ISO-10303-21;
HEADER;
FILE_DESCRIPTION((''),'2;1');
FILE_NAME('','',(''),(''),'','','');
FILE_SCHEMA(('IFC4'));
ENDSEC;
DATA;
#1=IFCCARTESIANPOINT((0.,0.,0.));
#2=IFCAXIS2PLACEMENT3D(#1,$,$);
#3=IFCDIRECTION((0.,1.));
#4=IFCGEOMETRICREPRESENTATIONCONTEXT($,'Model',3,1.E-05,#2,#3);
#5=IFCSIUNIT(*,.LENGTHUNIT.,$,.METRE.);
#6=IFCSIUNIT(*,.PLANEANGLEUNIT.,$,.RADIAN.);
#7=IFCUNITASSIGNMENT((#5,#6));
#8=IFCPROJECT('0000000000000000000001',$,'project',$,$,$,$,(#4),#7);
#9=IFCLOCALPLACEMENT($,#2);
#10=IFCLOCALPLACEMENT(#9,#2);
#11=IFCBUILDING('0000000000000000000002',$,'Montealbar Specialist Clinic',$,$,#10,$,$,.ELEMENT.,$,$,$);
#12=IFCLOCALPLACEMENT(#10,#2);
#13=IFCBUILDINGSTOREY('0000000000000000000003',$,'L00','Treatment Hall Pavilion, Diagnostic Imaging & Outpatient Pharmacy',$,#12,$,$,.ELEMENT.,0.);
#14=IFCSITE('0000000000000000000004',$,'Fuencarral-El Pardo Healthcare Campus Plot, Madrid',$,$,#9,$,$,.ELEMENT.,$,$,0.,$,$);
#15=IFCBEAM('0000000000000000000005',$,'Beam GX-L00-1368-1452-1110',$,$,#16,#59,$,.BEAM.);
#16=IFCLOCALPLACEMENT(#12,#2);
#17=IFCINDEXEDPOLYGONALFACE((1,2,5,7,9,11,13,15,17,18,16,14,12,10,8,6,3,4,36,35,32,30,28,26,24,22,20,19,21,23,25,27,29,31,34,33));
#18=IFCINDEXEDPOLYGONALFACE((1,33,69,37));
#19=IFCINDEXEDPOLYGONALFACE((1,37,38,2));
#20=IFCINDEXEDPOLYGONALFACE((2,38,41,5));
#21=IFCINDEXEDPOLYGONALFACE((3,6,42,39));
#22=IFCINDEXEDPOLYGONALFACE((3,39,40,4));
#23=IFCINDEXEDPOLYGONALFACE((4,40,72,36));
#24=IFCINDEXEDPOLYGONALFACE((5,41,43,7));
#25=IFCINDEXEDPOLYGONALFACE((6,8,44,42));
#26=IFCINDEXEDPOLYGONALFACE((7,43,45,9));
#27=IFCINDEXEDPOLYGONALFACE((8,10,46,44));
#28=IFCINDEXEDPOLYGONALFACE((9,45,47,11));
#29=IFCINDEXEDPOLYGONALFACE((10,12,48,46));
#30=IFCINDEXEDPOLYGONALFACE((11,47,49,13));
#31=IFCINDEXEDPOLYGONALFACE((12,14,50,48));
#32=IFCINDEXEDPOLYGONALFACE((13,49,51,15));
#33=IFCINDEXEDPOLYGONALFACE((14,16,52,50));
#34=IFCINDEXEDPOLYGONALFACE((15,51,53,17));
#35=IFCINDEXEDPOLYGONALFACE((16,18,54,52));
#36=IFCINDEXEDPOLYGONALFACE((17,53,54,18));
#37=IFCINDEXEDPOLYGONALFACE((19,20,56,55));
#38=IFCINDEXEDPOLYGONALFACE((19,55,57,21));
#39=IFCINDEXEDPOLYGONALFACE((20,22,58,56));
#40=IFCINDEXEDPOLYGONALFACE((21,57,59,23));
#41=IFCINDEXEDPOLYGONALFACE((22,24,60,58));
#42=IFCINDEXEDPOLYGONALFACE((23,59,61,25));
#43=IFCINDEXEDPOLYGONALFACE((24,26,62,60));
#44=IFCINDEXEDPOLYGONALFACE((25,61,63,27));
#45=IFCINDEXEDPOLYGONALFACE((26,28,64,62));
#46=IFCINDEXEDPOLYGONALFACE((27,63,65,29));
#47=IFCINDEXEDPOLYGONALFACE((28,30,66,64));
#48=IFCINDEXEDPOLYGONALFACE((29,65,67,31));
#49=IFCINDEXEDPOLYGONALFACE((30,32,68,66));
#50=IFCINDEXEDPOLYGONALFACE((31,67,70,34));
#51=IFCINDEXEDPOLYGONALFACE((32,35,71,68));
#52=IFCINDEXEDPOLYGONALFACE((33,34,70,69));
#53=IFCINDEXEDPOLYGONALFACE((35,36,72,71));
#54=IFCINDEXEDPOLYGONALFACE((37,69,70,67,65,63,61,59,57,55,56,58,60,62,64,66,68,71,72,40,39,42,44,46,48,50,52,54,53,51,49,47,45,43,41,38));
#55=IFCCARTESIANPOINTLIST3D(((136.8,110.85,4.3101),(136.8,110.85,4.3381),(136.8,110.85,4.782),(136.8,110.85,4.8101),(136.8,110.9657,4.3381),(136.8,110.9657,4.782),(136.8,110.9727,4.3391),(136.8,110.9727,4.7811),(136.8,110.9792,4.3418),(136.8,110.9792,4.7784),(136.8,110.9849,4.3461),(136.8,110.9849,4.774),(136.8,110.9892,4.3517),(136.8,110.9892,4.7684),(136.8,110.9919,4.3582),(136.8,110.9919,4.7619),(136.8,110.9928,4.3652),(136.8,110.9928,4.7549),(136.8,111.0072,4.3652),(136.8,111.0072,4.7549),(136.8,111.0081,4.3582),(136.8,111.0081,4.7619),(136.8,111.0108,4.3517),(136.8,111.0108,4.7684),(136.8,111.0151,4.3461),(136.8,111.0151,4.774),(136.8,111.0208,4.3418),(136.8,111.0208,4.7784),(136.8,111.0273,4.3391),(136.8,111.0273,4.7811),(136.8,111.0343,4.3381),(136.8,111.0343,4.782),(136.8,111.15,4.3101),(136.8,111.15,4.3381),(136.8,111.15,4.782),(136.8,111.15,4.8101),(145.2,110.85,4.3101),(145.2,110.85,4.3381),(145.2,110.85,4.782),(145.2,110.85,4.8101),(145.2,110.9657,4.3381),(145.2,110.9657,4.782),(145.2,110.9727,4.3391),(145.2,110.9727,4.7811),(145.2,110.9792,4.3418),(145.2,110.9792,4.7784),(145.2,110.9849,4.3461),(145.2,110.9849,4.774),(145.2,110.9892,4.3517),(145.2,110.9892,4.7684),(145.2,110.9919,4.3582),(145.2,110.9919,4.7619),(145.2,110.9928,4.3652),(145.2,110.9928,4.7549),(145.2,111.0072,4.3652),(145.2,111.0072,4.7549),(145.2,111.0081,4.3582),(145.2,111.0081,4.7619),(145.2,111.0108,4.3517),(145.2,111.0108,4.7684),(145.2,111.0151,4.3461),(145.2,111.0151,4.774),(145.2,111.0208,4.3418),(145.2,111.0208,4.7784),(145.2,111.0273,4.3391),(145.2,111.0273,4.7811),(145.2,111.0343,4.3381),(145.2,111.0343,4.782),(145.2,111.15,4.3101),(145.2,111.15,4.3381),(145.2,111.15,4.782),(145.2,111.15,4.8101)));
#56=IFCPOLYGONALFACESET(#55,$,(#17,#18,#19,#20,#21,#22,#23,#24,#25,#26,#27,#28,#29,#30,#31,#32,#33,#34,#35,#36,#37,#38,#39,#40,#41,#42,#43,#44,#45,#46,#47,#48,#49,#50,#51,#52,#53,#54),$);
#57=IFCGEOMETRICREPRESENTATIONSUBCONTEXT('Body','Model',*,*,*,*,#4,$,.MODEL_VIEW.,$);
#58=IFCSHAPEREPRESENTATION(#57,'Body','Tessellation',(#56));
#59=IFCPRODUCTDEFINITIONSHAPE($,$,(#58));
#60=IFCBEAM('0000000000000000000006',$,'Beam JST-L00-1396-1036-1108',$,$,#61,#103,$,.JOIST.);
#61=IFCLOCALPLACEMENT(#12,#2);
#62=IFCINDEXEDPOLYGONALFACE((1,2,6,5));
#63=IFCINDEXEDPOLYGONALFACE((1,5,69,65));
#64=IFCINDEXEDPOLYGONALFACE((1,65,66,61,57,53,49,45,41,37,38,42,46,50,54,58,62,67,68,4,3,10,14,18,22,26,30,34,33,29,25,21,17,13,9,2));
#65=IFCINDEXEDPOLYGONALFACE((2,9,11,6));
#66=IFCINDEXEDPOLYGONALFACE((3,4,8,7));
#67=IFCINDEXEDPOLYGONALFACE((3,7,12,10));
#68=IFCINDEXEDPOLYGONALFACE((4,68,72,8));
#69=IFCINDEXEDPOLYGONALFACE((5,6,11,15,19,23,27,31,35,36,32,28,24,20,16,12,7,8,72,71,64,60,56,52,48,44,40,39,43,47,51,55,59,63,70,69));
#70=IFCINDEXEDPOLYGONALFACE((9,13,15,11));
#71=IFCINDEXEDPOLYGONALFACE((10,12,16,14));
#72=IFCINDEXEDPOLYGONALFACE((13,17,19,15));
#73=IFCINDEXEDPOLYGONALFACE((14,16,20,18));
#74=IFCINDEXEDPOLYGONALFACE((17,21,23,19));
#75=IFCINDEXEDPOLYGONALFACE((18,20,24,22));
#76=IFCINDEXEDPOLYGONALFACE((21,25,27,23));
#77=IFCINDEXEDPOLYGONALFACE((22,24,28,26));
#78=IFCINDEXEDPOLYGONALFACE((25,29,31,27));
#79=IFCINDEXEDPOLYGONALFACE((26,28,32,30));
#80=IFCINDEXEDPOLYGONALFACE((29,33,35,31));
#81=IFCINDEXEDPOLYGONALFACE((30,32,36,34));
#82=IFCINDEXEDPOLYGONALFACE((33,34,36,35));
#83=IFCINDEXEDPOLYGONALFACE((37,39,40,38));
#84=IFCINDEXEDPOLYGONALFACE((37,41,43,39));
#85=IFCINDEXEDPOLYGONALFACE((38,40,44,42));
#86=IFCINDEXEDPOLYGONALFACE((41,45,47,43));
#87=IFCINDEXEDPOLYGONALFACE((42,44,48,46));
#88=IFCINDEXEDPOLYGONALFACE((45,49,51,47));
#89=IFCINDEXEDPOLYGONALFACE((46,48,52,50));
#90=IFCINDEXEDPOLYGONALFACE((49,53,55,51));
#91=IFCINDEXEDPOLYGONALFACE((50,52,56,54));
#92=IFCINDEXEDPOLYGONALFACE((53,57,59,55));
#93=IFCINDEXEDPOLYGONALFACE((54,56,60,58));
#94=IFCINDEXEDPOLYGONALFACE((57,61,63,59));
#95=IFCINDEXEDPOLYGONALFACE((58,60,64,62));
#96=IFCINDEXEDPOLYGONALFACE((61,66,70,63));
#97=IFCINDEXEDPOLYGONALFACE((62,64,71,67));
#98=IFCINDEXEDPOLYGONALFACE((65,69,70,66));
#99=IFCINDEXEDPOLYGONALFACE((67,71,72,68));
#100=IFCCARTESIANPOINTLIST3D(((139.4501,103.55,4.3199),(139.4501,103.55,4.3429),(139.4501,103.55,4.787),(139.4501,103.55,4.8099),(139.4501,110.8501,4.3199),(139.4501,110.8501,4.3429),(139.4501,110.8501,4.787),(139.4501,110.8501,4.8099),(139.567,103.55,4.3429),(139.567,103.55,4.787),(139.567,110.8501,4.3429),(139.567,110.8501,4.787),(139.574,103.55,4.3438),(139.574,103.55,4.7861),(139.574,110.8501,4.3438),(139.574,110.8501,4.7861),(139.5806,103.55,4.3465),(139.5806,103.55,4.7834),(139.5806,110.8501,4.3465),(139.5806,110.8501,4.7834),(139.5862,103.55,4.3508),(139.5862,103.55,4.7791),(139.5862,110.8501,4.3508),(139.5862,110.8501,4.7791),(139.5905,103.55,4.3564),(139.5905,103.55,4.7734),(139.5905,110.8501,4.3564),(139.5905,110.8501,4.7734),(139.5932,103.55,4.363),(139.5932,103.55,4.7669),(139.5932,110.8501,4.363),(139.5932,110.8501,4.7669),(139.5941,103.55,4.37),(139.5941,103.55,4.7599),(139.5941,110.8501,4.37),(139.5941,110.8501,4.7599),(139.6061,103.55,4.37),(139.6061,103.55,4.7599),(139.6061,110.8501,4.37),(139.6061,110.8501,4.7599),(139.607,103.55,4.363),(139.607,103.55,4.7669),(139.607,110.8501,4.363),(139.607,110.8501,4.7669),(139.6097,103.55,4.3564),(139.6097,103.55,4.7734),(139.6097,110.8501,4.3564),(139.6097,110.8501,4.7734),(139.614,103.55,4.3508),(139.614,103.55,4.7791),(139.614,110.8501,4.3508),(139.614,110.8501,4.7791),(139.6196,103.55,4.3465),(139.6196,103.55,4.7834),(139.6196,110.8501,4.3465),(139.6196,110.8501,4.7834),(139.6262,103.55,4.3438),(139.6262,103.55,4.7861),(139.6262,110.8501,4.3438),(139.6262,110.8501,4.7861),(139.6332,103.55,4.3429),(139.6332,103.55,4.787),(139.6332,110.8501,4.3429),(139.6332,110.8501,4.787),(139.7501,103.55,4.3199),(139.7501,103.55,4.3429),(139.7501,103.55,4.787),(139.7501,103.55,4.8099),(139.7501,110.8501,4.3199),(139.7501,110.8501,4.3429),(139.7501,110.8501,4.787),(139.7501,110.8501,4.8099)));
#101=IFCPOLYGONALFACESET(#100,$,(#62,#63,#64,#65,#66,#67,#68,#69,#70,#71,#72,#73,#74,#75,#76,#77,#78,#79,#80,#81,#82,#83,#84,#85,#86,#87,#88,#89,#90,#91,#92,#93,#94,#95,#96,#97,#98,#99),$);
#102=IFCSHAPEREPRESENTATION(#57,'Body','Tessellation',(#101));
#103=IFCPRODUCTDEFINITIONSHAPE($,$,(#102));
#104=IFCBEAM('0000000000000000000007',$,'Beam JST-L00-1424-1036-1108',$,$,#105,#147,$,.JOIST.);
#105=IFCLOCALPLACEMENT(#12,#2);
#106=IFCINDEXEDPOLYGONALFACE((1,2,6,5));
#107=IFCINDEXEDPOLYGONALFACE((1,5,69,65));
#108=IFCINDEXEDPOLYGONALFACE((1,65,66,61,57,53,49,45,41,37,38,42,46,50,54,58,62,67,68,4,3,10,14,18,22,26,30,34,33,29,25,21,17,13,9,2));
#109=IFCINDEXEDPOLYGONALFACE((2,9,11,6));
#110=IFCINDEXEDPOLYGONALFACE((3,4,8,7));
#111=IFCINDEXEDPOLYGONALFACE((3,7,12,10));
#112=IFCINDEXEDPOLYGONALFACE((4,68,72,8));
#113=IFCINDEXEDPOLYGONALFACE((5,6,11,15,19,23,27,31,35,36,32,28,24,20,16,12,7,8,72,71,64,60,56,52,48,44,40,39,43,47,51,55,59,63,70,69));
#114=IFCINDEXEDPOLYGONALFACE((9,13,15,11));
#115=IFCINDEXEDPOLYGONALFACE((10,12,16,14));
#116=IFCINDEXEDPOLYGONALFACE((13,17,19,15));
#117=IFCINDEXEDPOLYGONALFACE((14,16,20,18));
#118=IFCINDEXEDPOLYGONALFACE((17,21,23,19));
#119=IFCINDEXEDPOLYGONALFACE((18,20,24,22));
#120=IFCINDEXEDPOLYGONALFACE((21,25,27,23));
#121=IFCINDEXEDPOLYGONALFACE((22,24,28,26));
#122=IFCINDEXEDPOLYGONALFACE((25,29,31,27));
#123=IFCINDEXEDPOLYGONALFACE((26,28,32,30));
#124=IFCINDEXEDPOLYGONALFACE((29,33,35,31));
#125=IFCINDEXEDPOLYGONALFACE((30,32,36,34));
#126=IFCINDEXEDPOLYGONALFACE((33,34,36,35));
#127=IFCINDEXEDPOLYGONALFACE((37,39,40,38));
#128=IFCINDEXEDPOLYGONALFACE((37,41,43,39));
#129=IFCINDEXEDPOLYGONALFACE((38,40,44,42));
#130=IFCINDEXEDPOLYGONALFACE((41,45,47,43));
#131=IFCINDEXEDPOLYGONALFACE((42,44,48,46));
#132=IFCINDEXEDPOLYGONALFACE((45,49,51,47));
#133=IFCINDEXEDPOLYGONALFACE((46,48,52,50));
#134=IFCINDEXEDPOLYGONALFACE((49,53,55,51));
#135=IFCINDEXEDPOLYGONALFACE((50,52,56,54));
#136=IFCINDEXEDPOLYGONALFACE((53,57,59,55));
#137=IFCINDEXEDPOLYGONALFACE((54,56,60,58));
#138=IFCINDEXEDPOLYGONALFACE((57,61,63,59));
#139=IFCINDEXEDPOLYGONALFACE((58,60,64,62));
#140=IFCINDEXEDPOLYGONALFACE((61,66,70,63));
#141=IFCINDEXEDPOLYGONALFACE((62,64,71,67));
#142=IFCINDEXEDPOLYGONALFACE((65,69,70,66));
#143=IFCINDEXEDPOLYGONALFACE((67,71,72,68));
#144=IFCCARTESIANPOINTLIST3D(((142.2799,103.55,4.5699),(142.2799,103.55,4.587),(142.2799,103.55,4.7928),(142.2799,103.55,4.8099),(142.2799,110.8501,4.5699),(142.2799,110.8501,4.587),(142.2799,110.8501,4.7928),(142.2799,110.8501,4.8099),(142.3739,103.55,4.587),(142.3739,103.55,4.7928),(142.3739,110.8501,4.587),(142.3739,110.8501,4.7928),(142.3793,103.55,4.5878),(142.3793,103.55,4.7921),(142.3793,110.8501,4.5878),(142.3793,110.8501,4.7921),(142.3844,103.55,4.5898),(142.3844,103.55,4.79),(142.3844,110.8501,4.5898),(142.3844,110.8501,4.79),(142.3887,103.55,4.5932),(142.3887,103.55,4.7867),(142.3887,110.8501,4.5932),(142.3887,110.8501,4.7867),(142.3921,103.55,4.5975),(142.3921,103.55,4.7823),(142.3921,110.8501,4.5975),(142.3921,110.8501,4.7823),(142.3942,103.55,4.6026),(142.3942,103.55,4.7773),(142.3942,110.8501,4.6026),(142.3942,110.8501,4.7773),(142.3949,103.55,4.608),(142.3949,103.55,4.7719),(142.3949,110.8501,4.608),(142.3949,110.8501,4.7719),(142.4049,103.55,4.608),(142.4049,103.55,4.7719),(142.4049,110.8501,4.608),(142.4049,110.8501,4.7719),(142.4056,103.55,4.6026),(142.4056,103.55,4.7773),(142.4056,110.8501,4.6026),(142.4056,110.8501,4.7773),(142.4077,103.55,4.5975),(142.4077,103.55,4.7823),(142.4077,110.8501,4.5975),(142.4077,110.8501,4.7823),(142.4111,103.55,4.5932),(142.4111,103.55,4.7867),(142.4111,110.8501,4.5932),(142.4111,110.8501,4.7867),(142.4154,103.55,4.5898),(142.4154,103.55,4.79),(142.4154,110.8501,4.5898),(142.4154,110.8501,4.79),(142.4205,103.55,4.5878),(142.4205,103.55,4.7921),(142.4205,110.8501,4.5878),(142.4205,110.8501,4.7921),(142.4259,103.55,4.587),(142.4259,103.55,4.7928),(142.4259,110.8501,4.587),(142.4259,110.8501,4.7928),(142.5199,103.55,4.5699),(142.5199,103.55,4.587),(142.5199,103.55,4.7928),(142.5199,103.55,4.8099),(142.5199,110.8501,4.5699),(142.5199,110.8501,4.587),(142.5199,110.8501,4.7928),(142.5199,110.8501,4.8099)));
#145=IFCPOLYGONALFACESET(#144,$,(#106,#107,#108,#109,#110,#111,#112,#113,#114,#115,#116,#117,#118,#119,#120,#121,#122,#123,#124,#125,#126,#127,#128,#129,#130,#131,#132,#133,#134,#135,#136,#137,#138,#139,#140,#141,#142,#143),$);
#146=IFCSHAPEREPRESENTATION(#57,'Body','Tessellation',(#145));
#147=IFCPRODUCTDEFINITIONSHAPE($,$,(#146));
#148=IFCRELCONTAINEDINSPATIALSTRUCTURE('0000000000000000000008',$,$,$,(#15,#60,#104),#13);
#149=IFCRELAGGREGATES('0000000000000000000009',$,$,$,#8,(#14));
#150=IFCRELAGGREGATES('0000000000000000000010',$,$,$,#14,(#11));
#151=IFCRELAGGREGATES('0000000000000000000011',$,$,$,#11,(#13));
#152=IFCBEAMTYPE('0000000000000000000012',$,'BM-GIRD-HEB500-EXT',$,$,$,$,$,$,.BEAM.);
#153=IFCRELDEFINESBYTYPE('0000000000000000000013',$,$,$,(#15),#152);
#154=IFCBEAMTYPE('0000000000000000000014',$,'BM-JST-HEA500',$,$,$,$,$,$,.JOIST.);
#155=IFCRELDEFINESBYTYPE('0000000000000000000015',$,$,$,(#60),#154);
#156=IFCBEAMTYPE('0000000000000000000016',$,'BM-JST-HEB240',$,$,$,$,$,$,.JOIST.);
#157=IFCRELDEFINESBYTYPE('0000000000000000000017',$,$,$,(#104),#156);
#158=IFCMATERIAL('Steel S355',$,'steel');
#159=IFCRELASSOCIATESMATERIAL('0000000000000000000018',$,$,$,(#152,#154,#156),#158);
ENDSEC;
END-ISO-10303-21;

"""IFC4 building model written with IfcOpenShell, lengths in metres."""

from ifc_helpers import new_model, si_unit, direction, frame, origin, origin_2d, place, context, subcontext, project, spatial, i_section, extrude, material, material_profile, profile_set, type_object, element, save


model = new_model("IFC4")

# Units and contexts
model_context = context("Model", 3, precision=1e-05, world=origin(), true_north=direction((0.0, 1.0)))
body_context = subcontext(model_context, "Body", "Model", "MODEL_VIEW")
ifc_project = project(units=[si_unit("LENGTHUNIT", "METRE"), si_unit("PLANEANGLEUNIT", "RADIAN")], contexts=[model_context])

# Site, building, storey
site_placement = place(None, origin())
site = spatial("IfcSite", under=ifc_project, at=site_placement, Name="Fuencarral-El Pardo Healthcare Campus Plot, Madrid", CompositionType="ELEMENT", RefElevation=0.0)
building_placement = place(site_placement, origin())
building = spatial("IfcBuilding", under=site, at=building_placement, Name="Montealbar Specialist Clinic", CompositionType="ELEMENT")
storey_placement = place(building_placement, origin())
storey = spatial("IfcBuildingStorey", under=building, at=storey_placement, Name="L00", Description="Treatment Hall Pavilion, Diagnostic Imaging & Outpatient Pharmacy", CompositionType="ELEMENT", Elevation=0.0)

# Shared definitions
ifc_material_1 = material(Name="Steel S355", Category="steel")

# Beams
ifc_material_profile_1 = material_profile(ifc_material_1, i_section(OverallWidth=0.3, OverallDepth=0.5, WebThickness=0.0144, FlangeThickness=0.0281, FilletRadius=0.0271, at=origin_2d()), Name="HEB 500", Category="steel")
ifc_profile_set_1 = profile_set([ifc_material_profile_1], Name="Steel S355")
beam_type_1 = type_object("IfcBeamType", Name="BM-GIRD-HEB500-EXT", PredefinedType="BEAM", material=ifc_profile_set_1)
beam_1_placement = place(storey_placement, frame((136.8, 111.0, 4.5601), z_axis=(1.0, 0.0, 0.0), x_axis=(0.0, 1.0, 0.0)))
element("IfcBeam", 1, at=beam_1_placement, inside=storey, type_object=beam_type_1, Name="Beam GX-L00-1368-1452-1110", PredefinedType="BEAM", context=body_context, shape_type="SweptSolid", body=[
    extrude(i_section(OverallWidth=0.3, OverallDepth=0.5, WebThickness=0.0144, FlangeThickness=0.0281, FilletRadius=0.0271, at=origin_2d()), origin(), (0.0, 0.0, 1.0), 8.3999),
])
ifc_material_profile_2 = material_profile(ifc_material_1, i_section(OverallWidth=0.3, OverallDepth=0.49, WebThickness=0.012, FlangeThickness=0.0229, FilletRadius=0.0271, at=origin_2d()), Name="HEA 500", Category="steel")
ifc_profile_set_2 = profile_set([ifc_material_profile_2], Name="Steel S355")
beam_type_2 = type_object("IfcBeamType", Name="BM-JST-HEA500", PredefinedType="JOIST", material=ifc_profile_set_2)
beam_2_placement = place(storey_placement, frame((139.6001, 103.55, 4.5649), z_axis=(0.0, 1.0, 0.0), x_axis=(-1.0, 0.0, 0.0)))
element("IfcBeam", 2, at=beam_2_placement, inside=storey, type_object=beam_type_2, Name="Beam JST-L00-1396-1036-1108", PredefinedType="JOIST", context=body_context, shape_type="SweptSolid", body=[
    extrude(i_section(OverallWidth=0.3, OverallDepth=0.49, WebThickness=0.012, FlangeThickness=0.0229, FilletRadius=0.0271, at=origin_2d()), origin(), (0.0, 0.0, 1.0), 7.3),
])
ifc_material_profile_3 = material_profile(ifc_material_1, i_section(OverallWidth=0.24, OverallDepth=0.24, WebThickness=0.01, FlangeThickness=0.0171, FilletRadius=0.021, at=origin_2d()), Name="HEB 240", Category="steel")
ifc_profile_set_3 = profile_set([ifc_material_profile_3], Name="Steel S355")
beam_type_3 = type_object("IfcBeamType", Name="BM-JST-HEB240", PredefinedType="JOIST", material=ifc_profile_set_3)
beam_3_placement = place(storey_placement, frame((142.3999, 103.55, 4.6899), z_axis=(0.0, 1.0, 0.0), x_axis=(-1.0, 0.0, 0.0)))
element("IfcBeam", 3, at=beam_3_placement, inside=storey, type_object=beam_type_3, Name="Beam JST-L00-1424-1036-1108", PredefinedType="JOIST", context=body_context, shape_type="SweptSolid", body=[
    extrude(i_section(OverallWidth=0.24, OverallDepth=0.24, WebThickness=0.01, FlangeThickness=0.0171, FilletRadius=0.021, at=origin_2d()), origin(), (0.0, 0.0, 1.0), 7.3),
])

save(model, "model.ifc")
